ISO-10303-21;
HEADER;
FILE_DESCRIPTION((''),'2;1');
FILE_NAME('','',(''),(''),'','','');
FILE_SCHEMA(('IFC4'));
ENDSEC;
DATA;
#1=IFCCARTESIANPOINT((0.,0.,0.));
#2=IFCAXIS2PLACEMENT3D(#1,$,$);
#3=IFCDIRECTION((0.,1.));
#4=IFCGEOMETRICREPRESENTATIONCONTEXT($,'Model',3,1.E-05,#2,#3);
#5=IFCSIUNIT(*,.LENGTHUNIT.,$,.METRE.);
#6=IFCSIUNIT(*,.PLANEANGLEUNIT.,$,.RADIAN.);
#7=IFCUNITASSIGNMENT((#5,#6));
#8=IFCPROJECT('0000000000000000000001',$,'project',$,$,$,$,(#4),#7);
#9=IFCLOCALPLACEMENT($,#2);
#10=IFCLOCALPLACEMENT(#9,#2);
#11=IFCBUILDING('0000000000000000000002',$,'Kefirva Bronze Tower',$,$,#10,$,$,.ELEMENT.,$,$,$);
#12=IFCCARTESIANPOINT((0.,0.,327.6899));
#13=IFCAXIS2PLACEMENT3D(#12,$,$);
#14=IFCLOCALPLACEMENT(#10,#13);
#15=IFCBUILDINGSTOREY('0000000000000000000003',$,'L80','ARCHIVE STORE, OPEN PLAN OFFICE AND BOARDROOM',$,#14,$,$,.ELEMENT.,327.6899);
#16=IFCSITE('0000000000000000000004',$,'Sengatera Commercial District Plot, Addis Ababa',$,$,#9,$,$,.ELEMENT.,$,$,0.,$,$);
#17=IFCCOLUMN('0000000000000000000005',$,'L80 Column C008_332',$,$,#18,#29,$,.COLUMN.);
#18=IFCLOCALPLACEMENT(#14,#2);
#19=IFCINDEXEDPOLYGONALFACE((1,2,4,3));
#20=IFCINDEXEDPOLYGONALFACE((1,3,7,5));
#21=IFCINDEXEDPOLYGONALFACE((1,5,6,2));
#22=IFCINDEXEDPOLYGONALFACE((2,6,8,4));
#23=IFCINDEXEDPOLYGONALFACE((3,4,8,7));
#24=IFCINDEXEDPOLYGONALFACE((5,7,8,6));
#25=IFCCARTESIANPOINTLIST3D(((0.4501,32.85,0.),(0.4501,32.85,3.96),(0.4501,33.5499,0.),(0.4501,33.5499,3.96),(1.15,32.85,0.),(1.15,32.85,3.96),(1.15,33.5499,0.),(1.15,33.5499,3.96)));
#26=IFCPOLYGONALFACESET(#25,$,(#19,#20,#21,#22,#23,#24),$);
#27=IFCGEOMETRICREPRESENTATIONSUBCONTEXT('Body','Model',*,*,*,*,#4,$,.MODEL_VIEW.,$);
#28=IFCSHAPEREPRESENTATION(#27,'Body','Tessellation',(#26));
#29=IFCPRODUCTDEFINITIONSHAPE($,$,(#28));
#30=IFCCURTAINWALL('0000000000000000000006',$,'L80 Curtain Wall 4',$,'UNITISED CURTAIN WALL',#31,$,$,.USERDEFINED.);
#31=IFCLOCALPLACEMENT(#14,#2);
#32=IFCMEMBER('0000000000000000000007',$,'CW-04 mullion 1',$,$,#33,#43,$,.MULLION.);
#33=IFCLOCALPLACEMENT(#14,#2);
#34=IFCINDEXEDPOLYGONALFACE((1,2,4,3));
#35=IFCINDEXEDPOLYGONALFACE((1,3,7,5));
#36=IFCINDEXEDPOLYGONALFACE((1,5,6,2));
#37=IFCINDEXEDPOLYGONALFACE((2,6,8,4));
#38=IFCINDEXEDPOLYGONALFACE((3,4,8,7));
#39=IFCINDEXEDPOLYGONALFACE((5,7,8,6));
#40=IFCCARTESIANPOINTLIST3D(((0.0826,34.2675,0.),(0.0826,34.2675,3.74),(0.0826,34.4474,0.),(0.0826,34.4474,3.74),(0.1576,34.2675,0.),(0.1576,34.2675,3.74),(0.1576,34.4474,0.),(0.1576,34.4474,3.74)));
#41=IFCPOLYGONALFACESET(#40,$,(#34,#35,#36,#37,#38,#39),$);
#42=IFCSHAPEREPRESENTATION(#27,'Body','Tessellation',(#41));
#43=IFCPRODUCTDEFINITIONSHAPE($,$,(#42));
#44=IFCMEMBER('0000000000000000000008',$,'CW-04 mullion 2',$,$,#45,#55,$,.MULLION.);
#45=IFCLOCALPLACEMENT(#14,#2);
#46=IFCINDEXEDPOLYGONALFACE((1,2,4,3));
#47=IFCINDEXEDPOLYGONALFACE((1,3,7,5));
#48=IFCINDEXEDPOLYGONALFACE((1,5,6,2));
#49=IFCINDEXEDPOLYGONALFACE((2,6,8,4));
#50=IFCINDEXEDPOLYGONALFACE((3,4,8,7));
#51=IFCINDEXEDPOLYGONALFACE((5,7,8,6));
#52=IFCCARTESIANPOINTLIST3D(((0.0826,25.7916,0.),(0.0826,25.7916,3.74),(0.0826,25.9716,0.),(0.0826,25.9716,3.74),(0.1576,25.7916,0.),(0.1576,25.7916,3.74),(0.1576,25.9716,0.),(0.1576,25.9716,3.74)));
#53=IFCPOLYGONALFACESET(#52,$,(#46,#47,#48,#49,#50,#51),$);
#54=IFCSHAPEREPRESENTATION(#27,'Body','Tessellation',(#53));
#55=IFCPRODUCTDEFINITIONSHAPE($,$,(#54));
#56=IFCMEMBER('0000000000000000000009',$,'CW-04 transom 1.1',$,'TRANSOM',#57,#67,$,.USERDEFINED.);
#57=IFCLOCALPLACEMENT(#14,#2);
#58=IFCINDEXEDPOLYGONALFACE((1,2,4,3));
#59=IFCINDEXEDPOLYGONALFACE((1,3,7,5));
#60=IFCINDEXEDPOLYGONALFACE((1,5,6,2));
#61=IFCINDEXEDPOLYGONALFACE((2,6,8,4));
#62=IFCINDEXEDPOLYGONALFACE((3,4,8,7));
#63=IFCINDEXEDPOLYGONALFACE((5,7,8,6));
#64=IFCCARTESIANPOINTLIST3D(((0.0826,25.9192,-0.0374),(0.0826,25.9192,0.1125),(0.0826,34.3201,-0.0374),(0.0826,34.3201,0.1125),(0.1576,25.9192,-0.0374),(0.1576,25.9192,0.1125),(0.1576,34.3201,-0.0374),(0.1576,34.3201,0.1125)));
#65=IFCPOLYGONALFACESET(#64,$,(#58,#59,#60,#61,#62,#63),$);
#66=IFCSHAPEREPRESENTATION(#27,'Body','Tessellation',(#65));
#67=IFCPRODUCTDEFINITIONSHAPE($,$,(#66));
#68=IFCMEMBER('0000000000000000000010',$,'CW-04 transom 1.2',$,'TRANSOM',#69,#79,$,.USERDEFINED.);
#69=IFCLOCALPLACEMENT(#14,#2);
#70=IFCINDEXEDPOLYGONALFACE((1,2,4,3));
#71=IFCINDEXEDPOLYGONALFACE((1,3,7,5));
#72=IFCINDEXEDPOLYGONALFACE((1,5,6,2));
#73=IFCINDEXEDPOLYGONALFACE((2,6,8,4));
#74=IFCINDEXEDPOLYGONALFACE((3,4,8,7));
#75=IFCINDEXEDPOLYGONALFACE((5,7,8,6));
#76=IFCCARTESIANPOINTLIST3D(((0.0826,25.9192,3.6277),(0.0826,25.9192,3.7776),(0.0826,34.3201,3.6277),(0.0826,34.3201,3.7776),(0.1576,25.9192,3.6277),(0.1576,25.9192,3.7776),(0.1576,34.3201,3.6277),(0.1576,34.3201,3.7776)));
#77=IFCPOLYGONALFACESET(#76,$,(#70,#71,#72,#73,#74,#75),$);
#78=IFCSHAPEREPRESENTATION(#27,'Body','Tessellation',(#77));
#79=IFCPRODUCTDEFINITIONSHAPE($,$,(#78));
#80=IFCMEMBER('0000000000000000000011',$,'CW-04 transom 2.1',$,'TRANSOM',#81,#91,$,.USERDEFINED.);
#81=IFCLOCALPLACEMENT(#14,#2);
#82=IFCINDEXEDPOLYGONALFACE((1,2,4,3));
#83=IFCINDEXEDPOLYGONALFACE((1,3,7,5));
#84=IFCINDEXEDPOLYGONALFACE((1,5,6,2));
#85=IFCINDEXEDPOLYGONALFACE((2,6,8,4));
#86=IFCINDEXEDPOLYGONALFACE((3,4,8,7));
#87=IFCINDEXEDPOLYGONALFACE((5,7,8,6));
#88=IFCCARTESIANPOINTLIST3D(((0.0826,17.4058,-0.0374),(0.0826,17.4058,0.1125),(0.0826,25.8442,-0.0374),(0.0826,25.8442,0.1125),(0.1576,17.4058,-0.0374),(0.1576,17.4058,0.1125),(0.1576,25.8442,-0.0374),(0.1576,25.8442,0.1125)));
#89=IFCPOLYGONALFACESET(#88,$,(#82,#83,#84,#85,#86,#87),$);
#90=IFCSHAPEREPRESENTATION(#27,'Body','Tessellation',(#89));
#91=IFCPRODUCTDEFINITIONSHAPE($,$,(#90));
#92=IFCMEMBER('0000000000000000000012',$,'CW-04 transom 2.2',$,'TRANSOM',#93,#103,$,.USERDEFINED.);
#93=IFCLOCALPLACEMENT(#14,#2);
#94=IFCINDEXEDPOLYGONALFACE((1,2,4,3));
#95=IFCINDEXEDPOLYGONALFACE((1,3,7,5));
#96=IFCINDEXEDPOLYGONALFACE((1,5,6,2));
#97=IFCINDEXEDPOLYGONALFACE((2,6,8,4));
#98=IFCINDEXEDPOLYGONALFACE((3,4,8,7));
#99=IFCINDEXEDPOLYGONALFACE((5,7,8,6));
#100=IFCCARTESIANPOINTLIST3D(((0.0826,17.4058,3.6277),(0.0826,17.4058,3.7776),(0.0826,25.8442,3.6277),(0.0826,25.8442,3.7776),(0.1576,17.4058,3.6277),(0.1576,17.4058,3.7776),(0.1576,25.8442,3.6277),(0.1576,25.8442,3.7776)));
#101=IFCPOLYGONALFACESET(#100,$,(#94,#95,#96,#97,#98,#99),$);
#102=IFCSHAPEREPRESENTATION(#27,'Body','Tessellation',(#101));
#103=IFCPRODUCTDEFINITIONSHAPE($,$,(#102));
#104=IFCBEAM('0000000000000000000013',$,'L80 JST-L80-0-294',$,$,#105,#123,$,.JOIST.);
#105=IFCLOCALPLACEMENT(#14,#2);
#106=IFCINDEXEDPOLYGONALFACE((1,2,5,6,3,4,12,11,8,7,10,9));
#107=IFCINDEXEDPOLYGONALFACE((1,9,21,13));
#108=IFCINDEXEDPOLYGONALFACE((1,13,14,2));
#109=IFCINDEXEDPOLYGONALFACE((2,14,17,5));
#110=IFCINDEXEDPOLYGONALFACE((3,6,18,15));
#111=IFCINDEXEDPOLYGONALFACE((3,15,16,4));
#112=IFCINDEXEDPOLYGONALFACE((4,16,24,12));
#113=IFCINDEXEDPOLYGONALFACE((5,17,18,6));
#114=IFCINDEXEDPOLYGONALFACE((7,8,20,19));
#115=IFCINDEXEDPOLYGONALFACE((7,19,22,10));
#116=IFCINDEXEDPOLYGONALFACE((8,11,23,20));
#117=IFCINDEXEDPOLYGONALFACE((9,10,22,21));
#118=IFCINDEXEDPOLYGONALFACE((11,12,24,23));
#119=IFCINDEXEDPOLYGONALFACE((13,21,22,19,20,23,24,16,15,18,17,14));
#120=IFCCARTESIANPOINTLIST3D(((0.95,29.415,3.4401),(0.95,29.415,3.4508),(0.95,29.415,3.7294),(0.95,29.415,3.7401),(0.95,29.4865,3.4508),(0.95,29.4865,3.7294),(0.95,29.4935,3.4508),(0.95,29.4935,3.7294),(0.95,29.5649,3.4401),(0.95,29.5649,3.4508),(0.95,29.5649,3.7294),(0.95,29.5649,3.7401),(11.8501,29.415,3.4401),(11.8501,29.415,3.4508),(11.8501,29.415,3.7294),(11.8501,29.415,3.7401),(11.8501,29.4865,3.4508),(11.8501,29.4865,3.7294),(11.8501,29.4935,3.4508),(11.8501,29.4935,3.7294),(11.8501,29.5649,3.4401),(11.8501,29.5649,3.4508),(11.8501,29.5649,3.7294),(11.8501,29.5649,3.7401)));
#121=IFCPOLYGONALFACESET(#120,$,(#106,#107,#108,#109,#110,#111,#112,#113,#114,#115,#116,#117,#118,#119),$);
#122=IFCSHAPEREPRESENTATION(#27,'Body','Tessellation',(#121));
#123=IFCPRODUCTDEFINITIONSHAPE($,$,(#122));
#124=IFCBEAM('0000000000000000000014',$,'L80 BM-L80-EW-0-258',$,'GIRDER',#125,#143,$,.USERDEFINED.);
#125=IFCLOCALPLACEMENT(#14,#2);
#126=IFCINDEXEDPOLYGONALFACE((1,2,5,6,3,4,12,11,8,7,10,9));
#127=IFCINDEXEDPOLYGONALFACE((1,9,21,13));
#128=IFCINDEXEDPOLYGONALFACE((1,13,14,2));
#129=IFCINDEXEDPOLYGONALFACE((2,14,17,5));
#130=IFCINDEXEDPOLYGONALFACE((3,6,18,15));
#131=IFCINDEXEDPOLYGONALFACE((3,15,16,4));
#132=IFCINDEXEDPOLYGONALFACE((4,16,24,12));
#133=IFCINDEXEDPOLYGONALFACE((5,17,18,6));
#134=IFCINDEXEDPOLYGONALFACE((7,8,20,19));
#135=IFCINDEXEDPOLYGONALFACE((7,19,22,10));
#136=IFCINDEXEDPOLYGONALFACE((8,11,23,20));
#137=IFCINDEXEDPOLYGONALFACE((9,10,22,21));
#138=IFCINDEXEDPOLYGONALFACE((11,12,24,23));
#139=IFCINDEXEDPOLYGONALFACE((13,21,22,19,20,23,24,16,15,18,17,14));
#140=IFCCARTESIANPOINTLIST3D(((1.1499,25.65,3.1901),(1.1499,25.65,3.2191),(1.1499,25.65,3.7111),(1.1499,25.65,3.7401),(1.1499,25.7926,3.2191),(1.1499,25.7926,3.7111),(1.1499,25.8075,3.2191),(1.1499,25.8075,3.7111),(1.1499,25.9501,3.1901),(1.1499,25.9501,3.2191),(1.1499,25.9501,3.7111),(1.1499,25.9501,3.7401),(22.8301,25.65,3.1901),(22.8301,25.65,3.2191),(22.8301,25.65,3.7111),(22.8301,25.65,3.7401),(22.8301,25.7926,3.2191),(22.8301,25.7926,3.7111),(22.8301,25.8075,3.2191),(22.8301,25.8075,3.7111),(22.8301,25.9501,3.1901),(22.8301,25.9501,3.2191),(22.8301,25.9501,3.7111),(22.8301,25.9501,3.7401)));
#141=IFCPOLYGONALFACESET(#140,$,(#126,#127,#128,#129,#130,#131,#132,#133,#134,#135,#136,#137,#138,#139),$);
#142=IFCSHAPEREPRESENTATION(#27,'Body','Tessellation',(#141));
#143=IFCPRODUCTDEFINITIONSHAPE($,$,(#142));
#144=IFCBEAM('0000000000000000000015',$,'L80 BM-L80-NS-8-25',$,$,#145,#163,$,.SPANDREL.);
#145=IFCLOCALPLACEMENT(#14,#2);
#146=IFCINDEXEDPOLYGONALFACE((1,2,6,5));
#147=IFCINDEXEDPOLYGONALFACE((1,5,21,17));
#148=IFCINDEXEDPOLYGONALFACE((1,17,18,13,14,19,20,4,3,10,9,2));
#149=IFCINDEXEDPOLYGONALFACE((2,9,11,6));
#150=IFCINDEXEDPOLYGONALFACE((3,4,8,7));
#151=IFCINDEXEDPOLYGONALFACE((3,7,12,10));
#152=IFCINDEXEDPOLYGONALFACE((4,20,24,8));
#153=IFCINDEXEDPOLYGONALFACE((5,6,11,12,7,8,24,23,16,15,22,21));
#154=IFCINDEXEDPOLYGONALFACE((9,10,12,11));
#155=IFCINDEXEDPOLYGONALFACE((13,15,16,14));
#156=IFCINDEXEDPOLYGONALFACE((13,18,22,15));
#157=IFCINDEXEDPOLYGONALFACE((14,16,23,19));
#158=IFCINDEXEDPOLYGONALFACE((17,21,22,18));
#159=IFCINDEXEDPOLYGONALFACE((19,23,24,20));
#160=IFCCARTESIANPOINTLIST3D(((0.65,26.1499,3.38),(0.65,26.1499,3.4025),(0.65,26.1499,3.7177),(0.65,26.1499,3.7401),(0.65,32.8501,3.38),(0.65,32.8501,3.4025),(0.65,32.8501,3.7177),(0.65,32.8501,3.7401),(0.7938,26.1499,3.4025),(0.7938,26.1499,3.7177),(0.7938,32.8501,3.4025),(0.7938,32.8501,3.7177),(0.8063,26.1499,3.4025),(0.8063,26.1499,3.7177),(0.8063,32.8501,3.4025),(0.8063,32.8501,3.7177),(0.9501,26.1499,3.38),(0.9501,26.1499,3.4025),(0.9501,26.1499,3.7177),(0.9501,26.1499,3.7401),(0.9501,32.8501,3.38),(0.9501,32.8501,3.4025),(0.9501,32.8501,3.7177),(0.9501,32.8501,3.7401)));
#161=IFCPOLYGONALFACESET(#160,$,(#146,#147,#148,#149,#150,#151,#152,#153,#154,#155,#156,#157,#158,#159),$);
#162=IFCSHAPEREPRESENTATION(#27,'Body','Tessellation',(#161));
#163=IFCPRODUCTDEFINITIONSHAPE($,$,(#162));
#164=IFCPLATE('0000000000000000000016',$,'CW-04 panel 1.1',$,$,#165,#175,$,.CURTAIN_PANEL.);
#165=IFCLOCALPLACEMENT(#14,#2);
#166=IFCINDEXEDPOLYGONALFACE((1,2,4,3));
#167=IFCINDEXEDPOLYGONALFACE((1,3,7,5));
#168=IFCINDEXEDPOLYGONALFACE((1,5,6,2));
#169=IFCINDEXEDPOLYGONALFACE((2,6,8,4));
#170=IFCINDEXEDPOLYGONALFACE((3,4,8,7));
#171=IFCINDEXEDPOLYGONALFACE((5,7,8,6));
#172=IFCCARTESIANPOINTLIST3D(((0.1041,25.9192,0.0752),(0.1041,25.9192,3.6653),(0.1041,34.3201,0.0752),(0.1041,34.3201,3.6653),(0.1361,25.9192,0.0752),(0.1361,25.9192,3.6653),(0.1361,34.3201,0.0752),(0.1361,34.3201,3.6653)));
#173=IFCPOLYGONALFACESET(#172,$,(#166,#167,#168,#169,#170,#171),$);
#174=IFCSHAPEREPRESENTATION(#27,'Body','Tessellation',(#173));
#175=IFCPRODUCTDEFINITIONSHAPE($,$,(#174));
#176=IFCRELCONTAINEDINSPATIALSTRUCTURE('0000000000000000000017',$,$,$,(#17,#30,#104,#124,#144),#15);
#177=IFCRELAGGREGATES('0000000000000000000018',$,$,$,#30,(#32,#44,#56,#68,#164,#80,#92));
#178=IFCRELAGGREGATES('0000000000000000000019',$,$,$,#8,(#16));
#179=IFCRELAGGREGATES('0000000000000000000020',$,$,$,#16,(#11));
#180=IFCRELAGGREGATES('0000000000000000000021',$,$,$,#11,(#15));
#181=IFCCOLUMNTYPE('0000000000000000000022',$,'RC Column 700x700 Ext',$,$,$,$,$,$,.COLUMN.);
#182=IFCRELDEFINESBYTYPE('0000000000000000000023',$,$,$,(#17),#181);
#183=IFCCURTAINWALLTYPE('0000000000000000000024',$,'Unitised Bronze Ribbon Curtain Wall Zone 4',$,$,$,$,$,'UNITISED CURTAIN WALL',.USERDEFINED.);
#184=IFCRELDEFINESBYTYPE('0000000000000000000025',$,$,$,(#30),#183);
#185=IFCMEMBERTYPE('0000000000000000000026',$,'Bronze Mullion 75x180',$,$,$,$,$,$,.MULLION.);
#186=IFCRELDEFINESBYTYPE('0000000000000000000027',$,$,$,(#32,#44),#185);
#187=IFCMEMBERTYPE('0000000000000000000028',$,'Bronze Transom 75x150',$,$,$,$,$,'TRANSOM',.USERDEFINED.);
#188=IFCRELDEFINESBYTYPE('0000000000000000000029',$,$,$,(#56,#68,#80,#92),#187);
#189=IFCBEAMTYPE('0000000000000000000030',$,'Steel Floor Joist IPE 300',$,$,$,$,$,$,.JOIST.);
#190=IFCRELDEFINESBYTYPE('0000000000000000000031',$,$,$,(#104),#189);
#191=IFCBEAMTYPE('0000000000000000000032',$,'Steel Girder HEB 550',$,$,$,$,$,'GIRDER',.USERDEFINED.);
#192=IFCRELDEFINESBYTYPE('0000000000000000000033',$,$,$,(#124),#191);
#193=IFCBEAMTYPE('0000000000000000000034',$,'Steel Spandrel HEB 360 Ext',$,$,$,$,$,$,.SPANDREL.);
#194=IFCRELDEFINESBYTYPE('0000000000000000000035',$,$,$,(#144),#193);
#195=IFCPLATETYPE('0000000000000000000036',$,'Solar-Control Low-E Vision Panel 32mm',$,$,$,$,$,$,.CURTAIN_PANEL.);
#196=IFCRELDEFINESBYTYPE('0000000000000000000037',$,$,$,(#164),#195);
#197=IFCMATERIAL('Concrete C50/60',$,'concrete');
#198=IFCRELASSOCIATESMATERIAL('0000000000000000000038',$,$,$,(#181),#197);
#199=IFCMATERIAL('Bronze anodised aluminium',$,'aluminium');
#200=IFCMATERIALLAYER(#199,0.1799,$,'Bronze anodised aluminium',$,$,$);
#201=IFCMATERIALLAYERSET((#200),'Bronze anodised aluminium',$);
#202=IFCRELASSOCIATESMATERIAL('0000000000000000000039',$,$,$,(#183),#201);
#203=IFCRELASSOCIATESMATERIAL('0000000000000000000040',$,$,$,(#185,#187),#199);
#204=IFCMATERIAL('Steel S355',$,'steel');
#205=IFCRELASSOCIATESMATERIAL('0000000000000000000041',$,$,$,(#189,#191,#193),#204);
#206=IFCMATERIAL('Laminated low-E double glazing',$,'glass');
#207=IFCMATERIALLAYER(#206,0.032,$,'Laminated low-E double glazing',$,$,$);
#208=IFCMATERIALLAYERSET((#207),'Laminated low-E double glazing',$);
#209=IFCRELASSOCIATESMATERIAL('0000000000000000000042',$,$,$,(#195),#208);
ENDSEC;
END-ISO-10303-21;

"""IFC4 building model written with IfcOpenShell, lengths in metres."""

from ifc_helpers import new_model, si_unit, direction, frame, origin, origin_2d, place, context, subcontext, project, spatial, rectangle, i_section, extrude, material, layer, layer_set, material_profile, profile_set, type_object, element, aggregate, save


model = new_model("IFC4")

# Units and contexts
model_context = context("Model", 3, precision=1e-05, world=origin(), true_north=direction((0.0, 1.0)))
body_context = subcontext(model_context, "Body", "Model", "MODEL_VIEW")
ifc_project = project(units=[si_unit("LENGTHUNIT", "METRE"), si_unit("PLANEANGLEUNIT", "RADIAN")], contexts=[model_context])

# Site, building, storey
site_placement = place(None, origin())
site = spatial("IfcSite", under=ifc_project, at=site_placement, Name="Sengatera Commercial District Plot, Addis Ababa", CompositionType="ELEMENT", RefElevation=0.0)
building_placement = place(site_placement, origin())
building = spatial("IfcBuilding", under=site, at=building_placement, Name="Kefirva Bronze Tower", CompositionType="ELEMENT")
storey_placement = place(building_placement, frame((0.0, 0.0, 327.6899)))
storey = spatial("IfcBuildingStorey", under=building, at=storey_placement, Name="L80", Description="ARCHIVE STORE, OPEN PLAN OFFICE AND BOARDROOM", CompositionType="ELEMENT", Elevation=327.6899)

# Column
ifc_material_1 = material(Name="Concrete C50/60", Category="concrete")
ifc_material_profile_1 = material_profile(ifc_material_1, rectangle(XDim=0.7, YDim=0.7, at=origin_2d()), Name="RC 700x700")
ifc_profile_set_1 = profile_set([ifc_material_profile_1], Name="Concrete C50/60")
column_type = type_object("IfcColumnType", Name="RC Column 700x700 Ext", PredefinedType="COLUMN", material=ifc_profile_set_1)
column_placement = place(storey_placement, frame((0.8, 33.2, 0.0), z_axis=(0.0, 0.0, 1.0), x_axis=(1.0, 0.0, 0.0)))
element("IfcColumn", 1, at=column_placement, inside=storey, type_object=column_type, Name="L80 Column C008_332", PredefinedType="COLUMN", context=body_context, shape_type="SweptSolid", body=[
    extrude(rectangle(XDim=0.7, YDim=0.7, at=origin_2d()), origin(), (0.0, 0.0, 1.0), 3.96),
])

# Curtain wall, members
ifc_material_2 = material(Name="Bronze anodised aluminium", Category="aluminium")
ifc_layer_1 = layer(ifc_material_2, 0.1799, Name="Bronze anodised aluminium")
ifc_layer_set_1 = layer_set([ifc_layer_1], Name="Bronze anodised aluminium")
curtain_wall_type = type_object("IfcCurtainWallType", Name="Unitised Bronze Ribbon Curtain Wall Zone 4", ElementType="UNITISED CURTAIN WALL", PredefinedType="USERDEFINED", material=ifc_layer_set_1)
curtain_wall_placement = place(storey_placement, origin())
curtain_wall = element("IfcCurtainWall", 2, at=curtain_wall_placement, inside=storey, type_object=curtain_wall_type, Name="L80 Curtain Wall 4", ObjectType="UNITISED CURTAIN WALL", PredefinedType="USERDEFINED")
ifc_material_profile_2 = material_profile(ifc_material_2, rectangle(XDim=0.075, YDim=0.1799, at=origin_2d()), Name="ALU 75x180")
ifc_profile_set_2 = profile_set([ifc_material_profile_2], Name="Bronze anodised aluminium")
member_type_1 = type_object("IfcMemberType", Name="Bronze Mullion 75x180", PredefinedType="MULLION", material=ifc_profile_set_2)
member_1_placement = place(storey_placement, frame((0.1201, 34.3574, 0.0), z_axis=(0.0, 0.0, 1.0), x_axis=(1.0, 0.0, 0.0)))
member_1 = element("IfcMember", 3, at=member_1_placement, type_object=member_type_1, Name="CW-04 mullion 1", PredefinedType="MULLION", context=body_context, shape_type="SweptSolid", body=[
    extrude(rectangle(XDim=0.075, YDim=0.1799, at=origin_2d()), origin(), (0.0, 0.0, 1.0), 3.74),
])
member_2_placement = place(storey_placement, frame((0.1201, 25.8816, 0.0), z_axis=(0.0, 0.0, 1.0), x_axis=(1.0, 0.0, 0.0)))
member_2 = element("IfcMember", 4, at=member_2_placement, type_object=member_type_1, Name="CW-04 mullion 2", PredefinedType="MULLION", context=body_context, shape_type="SweptSolid", body=[
    extrude(rectangle(XDim=0.075, YDim=0.1799, at=origin_2d()), origin(), (0.0, 0.0, 1.0), 3.74),
])
ifc_material_profile_3 = material_profile(ifc_material_2, rectangle(XDim=0.075, YDim=0.1499, at=origin_2d()), Name="ALU 75x150")
ifc_profile_set_3 = profile_set([ifc_material_profile_3], Name="Bronze anodised aluminium")
member_type_2 = type_object("IfcMemberType", Name="Bronze Transom 75x150", ElementType="TRANSOM", PredefinedType="USERDEFINED", material=ifc_profile_set_3)
member_3_placement = place(storey_placement, frame((0.1201, 34.3201, 0.0376), z_axis=(0.0, -1.0, 0.0), x_axis=(1.0, 0.0, 0.0)))
member_3 = element("IfcMember", 5, at=member_3_placement, type_object=member_type_2, Name="CW-04 transom 1.1", ObjectType="TRANSOM", PredefinedType="USERDEFINED", context=body_context, shape_type="SweptSolid", body=[
    extrude(rectangle(XDim=0.075, YDim=0.1499, at=origin_2d()), origin(), (0.0, 0.0, 1.0), 8.4009),
])
member_4_placement = place(storey_placement, frame((0.1201, 34.3201, 3.7026), z_axis=(0.0, -1.0, 0.0), x_axis=(1.0, 0.0, 0.0)))
member_4 = element("IfcMember", 6, at=member_4_placement, type_object=member_type_2, Name="CW-04 transom 1.2", ObjectType="TRANSOM", PredefinedType="USERDEFINED", context=body_context, shape_type="SweptSolid", body=[
    extrude(rectangle(XDim=0.075, YDim=0.1499, at=origin_2d()), origin(), (0.0, 0.0, 1.0), 8.4009),
])
member_5_placement = place(storey_placement, frame((0.1201, 25.8442, 0.0376), z_axis=(0.0, -1.0, 0.0), x_axis=(1.0, 0.0, 0.0)))
member_5 = element("IfcMember", 7, at=member_5_placement, type_object=member_type_2, Name="CW-04 transom 2.1", ObjectType="TRANSOM", PredefinedType="USERDEFINED", context=body_context, shape_type="SweptSolid", body=[
    extrude(rectangle(XDim=0.075, YDim=0.1499, at=origin_2d()), origin(), (0.0, 0.0, 1.0), 8.4385),
])
member_6_placement = place(storey_placement, frame((0.1201, 25.8442, 3.7026), z_axis=(0.0, -1.0, 0.0), x_axis=(1.0, 0.0, 0.0)))
member_6 = element("IfcMember", 8, at=member_6_placement, type_object=member_type_2, Name="CW-04 transom 2.2", ObjectType="TRANSOM", PredefinedType="USERDEFINED", context=body_context, shape_type="SweptSolid", body=[
    extrude(rectangle(XDim=0.075, YDim=0.1499, at=origin_2d()), origin(), (0.0, 0.0, 1.0), 8.4385),
])

# Beams
ifc_material_3 = material(Name="Steel S355", Category="steel")
ifc_material_profile_4 = material_profile(ifc_material_3, i_section(OverallWidth=0.1499, OverallDepth=0.3, WebThickness=0.0071, FlangeThickness=0.0107, at=origin_2d()), Name="IPE 300")
ifc_profile_set_4 = profile_set([ifc_material_profile_4], Name="Steel S355")
beam_type_1 = type_object("IfcBeamType", Name="Steel Floor Joist IPE 300", PredefinedType="JOIST", material=ifc_profile_set_4)
beam_1_placement = place(storey_placement, frame((0.95, 29.49, 3.5901), z_axis=(1.0, 0.0, 0.0), x_axis=(0.0, 1.0, 0.0)))
element("IfcBeam", 9, at=beam_1_placement, inside=storey, type_object=beam_type_1, Name="L80 JST-L80-0-294", PredefinedType="JOIST", context=body_context, shape_type="SweptSolid", body=[
    extrude(i_section(OverallWidth=0.1499, OverallDepth=0.3, WebThickness=0.0071, FlangeThickness=0.0107, at=origin_2d()), origin(), (0.0, 0.0, 1.0), 10.9001),
])
ifc_material_profile_5 = material_profile(ifc_material_3, i_section(OverallWidth=0.3, OverallDepth=0.55, WebThickness=0.0149, FlangeThickness=0.0291, at=origin_2d()), Name="HEB 550")
ifc_profile_set_5 = profile_set([ifc_material_profile_5], Name="Steel S355")
beam_type_2 = type_object("IfcBeamType", Name="Steel Girder HEB 550", ElementType="GIRDER", PredefinedType="USERDEFINED", material=ifc_profile_set_5)
beam_2_placement = place(storey_placement, frame((1.1499, 25.8, 3.4651), z_axis=(1.0, 0.0, 0.0), x_axis=(0.0, 1.0, 0.0)))
element("IfcBeam", 10, at=beam_2_placement, inside=storey, type_object=beam_type_2, Name="L80 BM-L80-EW-0-258", ObjectType="GIRDER", PredefinedType="USERDEFINED", context=body_context, shape_type="SweptSolid", body=[
    extrude(i_section(OverallWidth=0.3, OverallDepth=0.55, WebThickness=0.0149, FlangeThickness=0.0291, at=origin_2d()), origin(), (0.0, 0.0, 1.0), 21.6802),
])
ifc_material_profile_6 = material_profile(ifc_material_3, i_section(OverallWidth=0.3, OverallDepth=0.3601, WebThickness=0.0125, FlangeThickness=0.0225, at=origin_2d()), Name="HEB 360")
ifc_profile_set_6 = profile_set([ifc_material_profile_6], Name="Steel S355")
beam_type_3 = type_object("IfcBeamType", Name="Steel Spandrel HEB 360 Ext", PredefinedType="SPANDREL", material=ifc_profile_set_6)
beam_3_placement = place(storey_placement, frame((0.8, 26.1499, 3.5601), z_axis=(0.0, 1.0, 0.0), x_axis=(-1.0, 0.0, 0.0)))
element("IfcBeam", 11, at=beam_3_placement, inside=storey, type_object=beam_type_3, Name="L80 BM-L80-NS-8-25", PredefinedType="SPANDREL", context=body_context, shape_type="SweptSolid", body=[
    extrude(i_section(OverallWidth=0.3, OverallDepth=0.3601, WebThickness=0.0125, FlangeThickness=0.0225, at=origin_2d()), origin(), (0.0, 0.0, 1.0), 6.7002),
])

# Plate
ifc_material_4 = material(Name="Laminated low-E double glazing", Category="glass")
ifc_layer_2 = layer(ifc_material_4, 0.032, Name="Laminated low-E double glazing")
ifc_layer_set_2 = layer_set([ifc_layer_2], Name="Laminated low-E double glazing")
plate_type = type_object("IfcPlateType", Name="Solar-Control Low-E Vision Panel 32mm", PredefinedType="CURTAIN_PANEL", material=ifc_layer_set_2)
plate_placement = place(storey_placement, frame((0.1201, 30.1196, 0.0752), z_axis=(0.0, 0.0, 1.0), x_axis=(0.0, -1.0, 0.0)))
plate = element("IfcPlate", 12, at=plate_placement, type_object=plate_type, Name="CW-04 panel 1.1", PredefinedType="CURTAIN_PANEL", context=body_context, shape_type="SweptSolid", body=[
    extrude(rectangle(XDim=8.4009, YDim=0.032, at=origin_2d()), origin(), (0.0, 0.0, 1.0), 3.5901),
])
aggregate(curtain_wall, [member_1, member_2, member_3, member_4, plate, member_5, member_6])

save(model, "model.ifc")
